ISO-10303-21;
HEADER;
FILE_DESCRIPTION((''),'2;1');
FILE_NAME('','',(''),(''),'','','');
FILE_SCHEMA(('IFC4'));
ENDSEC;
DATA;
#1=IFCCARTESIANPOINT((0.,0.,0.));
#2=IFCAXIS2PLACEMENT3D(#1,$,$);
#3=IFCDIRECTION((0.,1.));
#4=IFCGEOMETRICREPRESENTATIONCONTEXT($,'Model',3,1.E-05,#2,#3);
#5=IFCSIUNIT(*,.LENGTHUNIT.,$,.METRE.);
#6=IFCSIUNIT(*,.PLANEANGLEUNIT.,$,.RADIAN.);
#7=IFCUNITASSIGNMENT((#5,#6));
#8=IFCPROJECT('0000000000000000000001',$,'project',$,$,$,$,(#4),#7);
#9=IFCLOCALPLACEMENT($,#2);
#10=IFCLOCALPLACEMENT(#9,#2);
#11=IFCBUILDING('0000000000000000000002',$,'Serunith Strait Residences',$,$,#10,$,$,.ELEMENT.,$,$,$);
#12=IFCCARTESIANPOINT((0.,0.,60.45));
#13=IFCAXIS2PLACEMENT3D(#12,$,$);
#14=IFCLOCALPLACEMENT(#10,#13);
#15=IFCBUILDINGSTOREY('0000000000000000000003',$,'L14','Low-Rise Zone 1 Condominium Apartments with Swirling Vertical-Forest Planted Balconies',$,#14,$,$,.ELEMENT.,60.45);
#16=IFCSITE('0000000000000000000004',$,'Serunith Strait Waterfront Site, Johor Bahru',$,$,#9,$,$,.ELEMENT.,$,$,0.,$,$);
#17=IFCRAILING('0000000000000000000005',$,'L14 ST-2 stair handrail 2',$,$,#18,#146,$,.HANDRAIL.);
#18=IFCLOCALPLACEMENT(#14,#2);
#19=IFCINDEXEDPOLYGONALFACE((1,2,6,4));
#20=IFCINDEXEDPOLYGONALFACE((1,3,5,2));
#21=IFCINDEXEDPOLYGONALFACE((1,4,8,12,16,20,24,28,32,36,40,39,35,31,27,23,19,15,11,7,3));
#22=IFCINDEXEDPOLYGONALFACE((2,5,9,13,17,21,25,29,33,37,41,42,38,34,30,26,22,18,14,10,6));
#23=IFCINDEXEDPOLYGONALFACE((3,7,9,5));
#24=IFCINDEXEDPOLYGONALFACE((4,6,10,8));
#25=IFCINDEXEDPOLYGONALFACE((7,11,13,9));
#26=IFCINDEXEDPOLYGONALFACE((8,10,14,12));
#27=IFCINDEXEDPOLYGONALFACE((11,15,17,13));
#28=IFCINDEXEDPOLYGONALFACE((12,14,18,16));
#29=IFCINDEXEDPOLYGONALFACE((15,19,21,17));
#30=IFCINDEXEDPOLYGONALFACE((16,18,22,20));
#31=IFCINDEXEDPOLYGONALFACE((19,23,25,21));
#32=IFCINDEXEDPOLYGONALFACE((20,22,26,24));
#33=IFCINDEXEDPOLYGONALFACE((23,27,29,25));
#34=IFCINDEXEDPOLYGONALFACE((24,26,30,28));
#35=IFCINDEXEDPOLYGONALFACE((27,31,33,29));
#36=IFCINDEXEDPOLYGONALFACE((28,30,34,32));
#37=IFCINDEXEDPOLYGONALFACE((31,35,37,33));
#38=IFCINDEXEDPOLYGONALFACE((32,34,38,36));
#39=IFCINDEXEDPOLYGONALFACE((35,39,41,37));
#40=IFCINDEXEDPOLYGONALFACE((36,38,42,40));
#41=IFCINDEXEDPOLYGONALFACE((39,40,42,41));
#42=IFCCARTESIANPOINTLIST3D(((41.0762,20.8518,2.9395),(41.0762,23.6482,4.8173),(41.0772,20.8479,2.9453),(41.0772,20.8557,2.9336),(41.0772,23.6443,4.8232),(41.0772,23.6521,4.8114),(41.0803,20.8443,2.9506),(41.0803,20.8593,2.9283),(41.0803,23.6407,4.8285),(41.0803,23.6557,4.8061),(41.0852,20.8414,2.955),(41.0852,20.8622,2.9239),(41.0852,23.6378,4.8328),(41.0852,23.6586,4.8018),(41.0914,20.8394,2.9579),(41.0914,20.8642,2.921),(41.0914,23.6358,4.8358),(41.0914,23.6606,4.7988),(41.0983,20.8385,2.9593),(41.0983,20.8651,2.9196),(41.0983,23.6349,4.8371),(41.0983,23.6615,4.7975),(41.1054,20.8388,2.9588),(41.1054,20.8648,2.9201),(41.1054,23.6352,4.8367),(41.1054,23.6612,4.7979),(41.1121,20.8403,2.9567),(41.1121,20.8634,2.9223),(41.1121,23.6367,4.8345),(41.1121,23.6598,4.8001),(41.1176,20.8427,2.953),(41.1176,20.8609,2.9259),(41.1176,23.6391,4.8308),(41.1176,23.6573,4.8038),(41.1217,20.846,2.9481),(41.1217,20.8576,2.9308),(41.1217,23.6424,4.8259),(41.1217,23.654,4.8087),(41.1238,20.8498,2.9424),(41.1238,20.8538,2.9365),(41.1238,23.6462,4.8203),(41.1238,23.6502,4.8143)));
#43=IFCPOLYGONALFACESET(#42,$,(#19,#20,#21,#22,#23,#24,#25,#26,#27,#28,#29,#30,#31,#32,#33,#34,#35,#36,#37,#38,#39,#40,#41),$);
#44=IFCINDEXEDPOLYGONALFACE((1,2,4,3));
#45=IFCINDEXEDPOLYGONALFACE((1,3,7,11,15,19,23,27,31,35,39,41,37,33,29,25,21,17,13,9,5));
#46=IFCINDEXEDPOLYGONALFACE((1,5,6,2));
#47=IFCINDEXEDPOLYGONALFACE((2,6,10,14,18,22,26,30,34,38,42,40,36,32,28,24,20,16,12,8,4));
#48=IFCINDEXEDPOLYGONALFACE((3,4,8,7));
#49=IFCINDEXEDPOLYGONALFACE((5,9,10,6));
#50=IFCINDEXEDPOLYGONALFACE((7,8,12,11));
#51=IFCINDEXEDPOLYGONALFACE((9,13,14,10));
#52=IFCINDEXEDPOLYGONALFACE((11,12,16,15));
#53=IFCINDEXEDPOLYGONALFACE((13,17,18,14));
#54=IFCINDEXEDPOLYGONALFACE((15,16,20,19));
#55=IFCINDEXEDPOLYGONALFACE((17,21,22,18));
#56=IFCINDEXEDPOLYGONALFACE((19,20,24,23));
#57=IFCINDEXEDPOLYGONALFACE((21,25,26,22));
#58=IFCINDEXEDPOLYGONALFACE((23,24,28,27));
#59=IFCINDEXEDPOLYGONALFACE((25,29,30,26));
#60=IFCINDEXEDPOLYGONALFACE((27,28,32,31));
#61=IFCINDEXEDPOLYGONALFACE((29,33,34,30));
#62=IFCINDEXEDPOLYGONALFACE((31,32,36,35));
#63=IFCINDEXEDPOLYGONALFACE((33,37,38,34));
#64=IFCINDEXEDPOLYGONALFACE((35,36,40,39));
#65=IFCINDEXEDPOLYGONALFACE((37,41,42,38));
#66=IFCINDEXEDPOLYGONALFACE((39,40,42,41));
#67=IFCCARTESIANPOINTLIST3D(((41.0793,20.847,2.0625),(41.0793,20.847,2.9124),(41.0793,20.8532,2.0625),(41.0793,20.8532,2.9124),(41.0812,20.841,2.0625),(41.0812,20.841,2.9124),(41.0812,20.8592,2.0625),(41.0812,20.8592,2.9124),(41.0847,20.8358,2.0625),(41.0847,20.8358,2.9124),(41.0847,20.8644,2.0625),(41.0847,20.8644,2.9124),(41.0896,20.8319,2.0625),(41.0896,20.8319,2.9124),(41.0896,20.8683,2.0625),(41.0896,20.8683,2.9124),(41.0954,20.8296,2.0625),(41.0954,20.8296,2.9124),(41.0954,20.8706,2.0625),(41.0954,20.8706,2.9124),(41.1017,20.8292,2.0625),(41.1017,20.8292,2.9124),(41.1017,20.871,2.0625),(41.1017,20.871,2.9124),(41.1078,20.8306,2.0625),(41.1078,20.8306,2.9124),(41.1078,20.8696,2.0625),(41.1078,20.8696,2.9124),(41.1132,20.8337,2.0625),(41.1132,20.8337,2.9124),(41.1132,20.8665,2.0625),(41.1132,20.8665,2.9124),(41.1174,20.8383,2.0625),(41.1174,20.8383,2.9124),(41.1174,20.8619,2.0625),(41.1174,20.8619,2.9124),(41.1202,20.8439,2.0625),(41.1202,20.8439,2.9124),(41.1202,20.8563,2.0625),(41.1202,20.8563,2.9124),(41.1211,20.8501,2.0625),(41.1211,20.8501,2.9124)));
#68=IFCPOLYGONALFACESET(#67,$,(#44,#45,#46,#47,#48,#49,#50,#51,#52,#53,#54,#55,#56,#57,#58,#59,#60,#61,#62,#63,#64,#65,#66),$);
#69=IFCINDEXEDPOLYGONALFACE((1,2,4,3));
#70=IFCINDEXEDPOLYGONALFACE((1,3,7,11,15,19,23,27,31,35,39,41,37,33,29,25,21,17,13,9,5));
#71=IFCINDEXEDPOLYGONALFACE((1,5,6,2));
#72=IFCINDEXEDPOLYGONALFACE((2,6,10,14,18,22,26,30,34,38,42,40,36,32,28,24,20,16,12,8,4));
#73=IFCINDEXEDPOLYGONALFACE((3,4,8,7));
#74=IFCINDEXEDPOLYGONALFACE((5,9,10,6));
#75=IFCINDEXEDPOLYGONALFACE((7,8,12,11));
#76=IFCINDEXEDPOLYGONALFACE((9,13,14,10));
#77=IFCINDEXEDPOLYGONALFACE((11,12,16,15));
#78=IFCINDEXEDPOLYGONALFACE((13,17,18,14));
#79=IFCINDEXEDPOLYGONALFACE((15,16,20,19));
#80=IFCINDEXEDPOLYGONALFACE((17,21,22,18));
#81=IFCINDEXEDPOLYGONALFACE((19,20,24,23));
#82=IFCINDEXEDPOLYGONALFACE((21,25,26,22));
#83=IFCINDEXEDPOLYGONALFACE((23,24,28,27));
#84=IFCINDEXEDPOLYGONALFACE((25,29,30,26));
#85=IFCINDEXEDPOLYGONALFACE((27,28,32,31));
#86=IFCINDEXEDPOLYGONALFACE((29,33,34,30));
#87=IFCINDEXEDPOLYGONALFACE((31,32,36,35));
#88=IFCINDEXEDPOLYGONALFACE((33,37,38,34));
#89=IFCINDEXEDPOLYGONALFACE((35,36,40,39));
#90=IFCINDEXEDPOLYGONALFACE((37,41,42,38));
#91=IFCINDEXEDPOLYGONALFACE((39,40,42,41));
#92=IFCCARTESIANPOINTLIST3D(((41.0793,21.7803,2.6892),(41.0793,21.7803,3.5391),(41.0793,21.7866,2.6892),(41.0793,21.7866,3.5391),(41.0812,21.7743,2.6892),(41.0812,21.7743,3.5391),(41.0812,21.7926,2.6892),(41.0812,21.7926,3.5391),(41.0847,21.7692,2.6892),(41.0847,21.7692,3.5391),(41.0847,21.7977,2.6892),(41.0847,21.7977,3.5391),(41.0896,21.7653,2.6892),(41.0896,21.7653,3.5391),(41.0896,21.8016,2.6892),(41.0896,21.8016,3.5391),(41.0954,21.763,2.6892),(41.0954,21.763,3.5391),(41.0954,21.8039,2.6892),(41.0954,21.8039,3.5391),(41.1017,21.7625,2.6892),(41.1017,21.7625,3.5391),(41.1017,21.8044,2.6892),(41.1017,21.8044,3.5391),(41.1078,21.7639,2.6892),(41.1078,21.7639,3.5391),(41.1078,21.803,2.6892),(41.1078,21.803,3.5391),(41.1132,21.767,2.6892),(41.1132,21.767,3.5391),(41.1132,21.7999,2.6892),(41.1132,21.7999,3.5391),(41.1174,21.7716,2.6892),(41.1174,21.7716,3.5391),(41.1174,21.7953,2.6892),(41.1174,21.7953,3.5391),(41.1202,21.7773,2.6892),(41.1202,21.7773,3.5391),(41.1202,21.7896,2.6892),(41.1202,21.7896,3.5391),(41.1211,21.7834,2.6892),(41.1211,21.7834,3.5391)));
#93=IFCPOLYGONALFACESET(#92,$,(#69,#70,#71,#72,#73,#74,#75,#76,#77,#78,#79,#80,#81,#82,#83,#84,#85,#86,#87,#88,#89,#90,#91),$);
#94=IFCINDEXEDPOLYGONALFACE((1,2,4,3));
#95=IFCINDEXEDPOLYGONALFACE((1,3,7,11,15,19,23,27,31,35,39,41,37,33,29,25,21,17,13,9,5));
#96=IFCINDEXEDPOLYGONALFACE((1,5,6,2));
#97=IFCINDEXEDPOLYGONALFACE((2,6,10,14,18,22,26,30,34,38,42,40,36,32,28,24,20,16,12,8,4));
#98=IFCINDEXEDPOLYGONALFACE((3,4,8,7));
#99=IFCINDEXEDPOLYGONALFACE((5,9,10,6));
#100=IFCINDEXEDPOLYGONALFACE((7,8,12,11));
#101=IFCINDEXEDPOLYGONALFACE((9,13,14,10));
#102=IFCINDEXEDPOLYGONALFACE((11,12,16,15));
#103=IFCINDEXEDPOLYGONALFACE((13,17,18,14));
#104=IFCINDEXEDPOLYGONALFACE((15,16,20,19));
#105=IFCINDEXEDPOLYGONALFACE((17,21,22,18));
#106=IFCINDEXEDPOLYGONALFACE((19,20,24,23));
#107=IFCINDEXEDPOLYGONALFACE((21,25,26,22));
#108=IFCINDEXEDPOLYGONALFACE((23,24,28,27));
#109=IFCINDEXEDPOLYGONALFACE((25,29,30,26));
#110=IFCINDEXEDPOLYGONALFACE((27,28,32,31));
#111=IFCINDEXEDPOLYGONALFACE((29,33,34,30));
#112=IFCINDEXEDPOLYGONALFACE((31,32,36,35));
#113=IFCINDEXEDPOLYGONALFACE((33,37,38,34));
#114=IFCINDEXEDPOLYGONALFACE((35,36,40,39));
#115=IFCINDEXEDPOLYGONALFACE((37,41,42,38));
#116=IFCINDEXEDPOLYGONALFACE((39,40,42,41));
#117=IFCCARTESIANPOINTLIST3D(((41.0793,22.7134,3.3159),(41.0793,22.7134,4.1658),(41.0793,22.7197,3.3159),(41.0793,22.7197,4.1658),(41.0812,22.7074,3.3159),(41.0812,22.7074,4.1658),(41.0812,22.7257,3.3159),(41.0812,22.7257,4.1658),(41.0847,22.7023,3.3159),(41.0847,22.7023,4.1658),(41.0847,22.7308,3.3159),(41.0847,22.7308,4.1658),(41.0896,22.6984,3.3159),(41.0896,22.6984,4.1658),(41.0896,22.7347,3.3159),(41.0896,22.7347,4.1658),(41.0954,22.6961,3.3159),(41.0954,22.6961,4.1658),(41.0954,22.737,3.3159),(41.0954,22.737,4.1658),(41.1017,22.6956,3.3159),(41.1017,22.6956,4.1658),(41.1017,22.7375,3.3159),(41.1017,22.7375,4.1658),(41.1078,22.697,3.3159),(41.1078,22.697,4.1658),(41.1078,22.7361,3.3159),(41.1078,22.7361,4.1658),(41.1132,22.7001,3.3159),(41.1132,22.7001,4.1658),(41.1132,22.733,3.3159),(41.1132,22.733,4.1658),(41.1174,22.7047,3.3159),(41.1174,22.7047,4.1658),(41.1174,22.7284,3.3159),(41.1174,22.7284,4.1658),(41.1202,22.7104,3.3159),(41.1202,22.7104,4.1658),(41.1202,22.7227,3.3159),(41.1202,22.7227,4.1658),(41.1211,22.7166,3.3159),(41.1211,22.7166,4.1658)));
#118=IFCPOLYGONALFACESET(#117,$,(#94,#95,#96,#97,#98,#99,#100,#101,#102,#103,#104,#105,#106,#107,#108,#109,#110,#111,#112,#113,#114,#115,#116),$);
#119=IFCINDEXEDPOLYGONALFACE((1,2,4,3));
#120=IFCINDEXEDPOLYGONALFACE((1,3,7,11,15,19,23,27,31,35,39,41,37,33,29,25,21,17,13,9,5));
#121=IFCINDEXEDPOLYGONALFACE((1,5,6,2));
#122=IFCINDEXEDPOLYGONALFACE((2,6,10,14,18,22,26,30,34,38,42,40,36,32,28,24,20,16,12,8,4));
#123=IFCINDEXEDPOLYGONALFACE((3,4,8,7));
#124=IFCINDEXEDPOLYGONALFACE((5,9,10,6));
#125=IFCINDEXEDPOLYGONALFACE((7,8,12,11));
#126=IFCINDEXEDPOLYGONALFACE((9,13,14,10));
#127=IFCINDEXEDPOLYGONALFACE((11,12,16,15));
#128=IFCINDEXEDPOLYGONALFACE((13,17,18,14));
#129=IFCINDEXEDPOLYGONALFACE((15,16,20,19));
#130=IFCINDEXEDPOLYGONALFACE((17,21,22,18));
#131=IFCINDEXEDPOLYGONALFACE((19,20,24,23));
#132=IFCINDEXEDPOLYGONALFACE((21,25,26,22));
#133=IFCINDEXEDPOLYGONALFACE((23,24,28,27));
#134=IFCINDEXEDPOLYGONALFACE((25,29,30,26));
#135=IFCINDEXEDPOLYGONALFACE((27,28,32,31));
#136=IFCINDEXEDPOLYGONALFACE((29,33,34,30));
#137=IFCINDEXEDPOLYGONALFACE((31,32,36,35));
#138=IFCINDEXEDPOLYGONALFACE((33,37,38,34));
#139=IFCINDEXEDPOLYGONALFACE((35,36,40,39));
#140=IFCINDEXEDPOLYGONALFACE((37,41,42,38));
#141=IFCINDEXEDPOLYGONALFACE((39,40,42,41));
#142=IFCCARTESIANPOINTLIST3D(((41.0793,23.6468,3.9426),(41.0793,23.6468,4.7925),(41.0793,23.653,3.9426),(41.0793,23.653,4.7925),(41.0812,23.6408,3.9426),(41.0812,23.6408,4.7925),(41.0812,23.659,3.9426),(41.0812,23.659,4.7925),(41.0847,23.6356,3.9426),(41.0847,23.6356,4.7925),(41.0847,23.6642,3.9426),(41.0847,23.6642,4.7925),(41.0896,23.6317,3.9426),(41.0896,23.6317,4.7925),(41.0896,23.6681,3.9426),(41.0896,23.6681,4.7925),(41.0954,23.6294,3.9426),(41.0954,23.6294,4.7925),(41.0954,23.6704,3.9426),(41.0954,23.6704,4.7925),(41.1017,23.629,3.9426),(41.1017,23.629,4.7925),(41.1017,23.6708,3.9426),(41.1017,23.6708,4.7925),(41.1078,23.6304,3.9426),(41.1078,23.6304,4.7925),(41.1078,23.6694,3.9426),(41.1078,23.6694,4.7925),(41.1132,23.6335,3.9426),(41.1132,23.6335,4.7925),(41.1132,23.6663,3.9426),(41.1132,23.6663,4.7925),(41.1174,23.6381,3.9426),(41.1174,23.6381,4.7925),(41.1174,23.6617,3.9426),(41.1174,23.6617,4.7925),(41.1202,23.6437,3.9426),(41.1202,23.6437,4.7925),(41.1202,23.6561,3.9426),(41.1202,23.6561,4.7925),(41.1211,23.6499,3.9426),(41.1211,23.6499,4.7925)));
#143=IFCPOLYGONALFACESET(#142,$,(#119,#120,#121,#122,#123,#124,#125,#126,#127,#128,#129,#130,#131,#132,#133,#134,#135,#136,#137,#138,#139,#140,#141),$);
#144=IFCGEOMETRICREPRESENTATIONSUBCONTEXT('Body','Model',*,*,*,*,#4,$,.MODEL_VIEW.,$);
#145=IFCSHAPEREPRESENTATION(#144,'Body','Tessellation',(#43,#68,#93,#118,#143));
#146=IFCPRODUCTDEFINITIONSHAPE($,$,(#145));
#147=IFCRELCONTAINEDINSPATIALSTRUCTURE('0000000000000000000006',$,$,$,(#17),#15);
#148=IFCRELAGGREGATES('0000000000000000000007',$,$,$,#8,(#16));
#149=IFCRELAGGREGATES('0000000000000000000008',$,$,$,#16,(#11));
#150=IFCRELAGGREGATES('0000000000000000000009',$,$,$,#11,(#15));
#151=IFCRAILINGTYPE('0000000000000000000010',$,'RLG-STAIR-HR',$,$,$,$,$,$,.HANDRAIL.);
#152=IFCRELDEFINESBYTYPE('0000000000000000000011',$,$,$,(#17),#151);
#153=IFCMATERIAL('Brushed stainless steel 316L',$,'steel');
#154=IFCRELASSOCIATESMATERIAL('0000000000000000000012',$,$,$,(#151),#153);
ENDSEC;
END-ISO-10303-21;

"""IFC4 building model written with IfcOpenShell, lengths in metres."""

from ifc_helpers import new_model, si_unit, direction, frame, origin, origin_2d, place, context, subcontext, project, spatial, circle, extrude, material, type_object, element, save


model = new_model("IFC4")

# Units and contexts
model_context = context("Model", 3, precision=1e-05, world=origin(), true_north=direction((0.0, 1.0)))
body_context = subcontext(model_context, "Body", "Model", "MODEL_VIEW")
ifc_project = project(units=[si_unit("LENGTHUNIT", "METRE"), si_unit("PLANEANGLEUNIT", "RADIAN")], contexts=[model_context])

# Site, building, storey
site_placement = place(None, origin())
site = spatial("IfcSite", under=ifc_project, at=site_placement, Name="Serunith Strait Waterfront Site, Johor Bahru", CompositionType="ELEMENT", RefElevation=0.0)
building_placement = place(site_placement, origin())
building = spatial("IfcBuilding", under=site, at=building_placement, Name="Serunith Strait Residences", CompositionType="ELEMENT")
storey_placement = place(building_placement, frame((0.0, 0.0, 60.45)))
storey = spatial("IfcBuildingStorey", under=building, at=storey_placement, Name="L14", Description="Low-Rise Zone 1 Condominium Apartments with Swirling Vertical-Forest Planted Balconies", CompositionType="ELEMENT", Elevation=60.45)

# Railing
ifc_material_1 = material(Name="Brushed stainless steel 316L", Category="steel")
railing_type_1 = type_object("IfcRailingType", Name="RLG-STAIR-HR", PredefinedType="HANDRAIL", material=ifc_material_1)
railing_1_placement = place(storey_placement, frame((41.1001, 20.8501, 2.0625)))
element("IfcRailing", 1, at=railing_1_placement, inside=storey, type_object=railing_type_1, Name="L14 ST-2 stair handrail 2", PredefinedType="HANDRAIL", context=body_context, shape_type="SweptSolid", body=[
    extrude(circle(Radius=0.0239, at=origin_2d()), frame((0.0, 0.0017, 0.877), z_axis=(0.0, 0.830186, 0.557487), x_axis=(-1.0, 0.0, 0.0)), (0.0, 0.0, 1.0), 3.3684),
    extrude(circle(Radius=0.021, at=origin_2d()), origin(), (0.0, 0.0, 1.0), 0.8499),
    extrude(circle(Radius=0.021, at=origin_2d()), frame((0.0, 0.9333, 0.6267)), (0.0, 0.0, 1.0), 0.8499),
    extrude(circle(Radius=0.021, at=origin_2d()), frame((0.0, 1.8665, 1.2534)), (0.0, 0.0, 1.0), 0.8499),
    extrude(circle(Radius=0.021, at=origin_2d()), frame((0.0, 2.7998, 1.8801)), (0.0, 0.0, 1.0), 0.8499),
])

save(model, "model.ifc")
